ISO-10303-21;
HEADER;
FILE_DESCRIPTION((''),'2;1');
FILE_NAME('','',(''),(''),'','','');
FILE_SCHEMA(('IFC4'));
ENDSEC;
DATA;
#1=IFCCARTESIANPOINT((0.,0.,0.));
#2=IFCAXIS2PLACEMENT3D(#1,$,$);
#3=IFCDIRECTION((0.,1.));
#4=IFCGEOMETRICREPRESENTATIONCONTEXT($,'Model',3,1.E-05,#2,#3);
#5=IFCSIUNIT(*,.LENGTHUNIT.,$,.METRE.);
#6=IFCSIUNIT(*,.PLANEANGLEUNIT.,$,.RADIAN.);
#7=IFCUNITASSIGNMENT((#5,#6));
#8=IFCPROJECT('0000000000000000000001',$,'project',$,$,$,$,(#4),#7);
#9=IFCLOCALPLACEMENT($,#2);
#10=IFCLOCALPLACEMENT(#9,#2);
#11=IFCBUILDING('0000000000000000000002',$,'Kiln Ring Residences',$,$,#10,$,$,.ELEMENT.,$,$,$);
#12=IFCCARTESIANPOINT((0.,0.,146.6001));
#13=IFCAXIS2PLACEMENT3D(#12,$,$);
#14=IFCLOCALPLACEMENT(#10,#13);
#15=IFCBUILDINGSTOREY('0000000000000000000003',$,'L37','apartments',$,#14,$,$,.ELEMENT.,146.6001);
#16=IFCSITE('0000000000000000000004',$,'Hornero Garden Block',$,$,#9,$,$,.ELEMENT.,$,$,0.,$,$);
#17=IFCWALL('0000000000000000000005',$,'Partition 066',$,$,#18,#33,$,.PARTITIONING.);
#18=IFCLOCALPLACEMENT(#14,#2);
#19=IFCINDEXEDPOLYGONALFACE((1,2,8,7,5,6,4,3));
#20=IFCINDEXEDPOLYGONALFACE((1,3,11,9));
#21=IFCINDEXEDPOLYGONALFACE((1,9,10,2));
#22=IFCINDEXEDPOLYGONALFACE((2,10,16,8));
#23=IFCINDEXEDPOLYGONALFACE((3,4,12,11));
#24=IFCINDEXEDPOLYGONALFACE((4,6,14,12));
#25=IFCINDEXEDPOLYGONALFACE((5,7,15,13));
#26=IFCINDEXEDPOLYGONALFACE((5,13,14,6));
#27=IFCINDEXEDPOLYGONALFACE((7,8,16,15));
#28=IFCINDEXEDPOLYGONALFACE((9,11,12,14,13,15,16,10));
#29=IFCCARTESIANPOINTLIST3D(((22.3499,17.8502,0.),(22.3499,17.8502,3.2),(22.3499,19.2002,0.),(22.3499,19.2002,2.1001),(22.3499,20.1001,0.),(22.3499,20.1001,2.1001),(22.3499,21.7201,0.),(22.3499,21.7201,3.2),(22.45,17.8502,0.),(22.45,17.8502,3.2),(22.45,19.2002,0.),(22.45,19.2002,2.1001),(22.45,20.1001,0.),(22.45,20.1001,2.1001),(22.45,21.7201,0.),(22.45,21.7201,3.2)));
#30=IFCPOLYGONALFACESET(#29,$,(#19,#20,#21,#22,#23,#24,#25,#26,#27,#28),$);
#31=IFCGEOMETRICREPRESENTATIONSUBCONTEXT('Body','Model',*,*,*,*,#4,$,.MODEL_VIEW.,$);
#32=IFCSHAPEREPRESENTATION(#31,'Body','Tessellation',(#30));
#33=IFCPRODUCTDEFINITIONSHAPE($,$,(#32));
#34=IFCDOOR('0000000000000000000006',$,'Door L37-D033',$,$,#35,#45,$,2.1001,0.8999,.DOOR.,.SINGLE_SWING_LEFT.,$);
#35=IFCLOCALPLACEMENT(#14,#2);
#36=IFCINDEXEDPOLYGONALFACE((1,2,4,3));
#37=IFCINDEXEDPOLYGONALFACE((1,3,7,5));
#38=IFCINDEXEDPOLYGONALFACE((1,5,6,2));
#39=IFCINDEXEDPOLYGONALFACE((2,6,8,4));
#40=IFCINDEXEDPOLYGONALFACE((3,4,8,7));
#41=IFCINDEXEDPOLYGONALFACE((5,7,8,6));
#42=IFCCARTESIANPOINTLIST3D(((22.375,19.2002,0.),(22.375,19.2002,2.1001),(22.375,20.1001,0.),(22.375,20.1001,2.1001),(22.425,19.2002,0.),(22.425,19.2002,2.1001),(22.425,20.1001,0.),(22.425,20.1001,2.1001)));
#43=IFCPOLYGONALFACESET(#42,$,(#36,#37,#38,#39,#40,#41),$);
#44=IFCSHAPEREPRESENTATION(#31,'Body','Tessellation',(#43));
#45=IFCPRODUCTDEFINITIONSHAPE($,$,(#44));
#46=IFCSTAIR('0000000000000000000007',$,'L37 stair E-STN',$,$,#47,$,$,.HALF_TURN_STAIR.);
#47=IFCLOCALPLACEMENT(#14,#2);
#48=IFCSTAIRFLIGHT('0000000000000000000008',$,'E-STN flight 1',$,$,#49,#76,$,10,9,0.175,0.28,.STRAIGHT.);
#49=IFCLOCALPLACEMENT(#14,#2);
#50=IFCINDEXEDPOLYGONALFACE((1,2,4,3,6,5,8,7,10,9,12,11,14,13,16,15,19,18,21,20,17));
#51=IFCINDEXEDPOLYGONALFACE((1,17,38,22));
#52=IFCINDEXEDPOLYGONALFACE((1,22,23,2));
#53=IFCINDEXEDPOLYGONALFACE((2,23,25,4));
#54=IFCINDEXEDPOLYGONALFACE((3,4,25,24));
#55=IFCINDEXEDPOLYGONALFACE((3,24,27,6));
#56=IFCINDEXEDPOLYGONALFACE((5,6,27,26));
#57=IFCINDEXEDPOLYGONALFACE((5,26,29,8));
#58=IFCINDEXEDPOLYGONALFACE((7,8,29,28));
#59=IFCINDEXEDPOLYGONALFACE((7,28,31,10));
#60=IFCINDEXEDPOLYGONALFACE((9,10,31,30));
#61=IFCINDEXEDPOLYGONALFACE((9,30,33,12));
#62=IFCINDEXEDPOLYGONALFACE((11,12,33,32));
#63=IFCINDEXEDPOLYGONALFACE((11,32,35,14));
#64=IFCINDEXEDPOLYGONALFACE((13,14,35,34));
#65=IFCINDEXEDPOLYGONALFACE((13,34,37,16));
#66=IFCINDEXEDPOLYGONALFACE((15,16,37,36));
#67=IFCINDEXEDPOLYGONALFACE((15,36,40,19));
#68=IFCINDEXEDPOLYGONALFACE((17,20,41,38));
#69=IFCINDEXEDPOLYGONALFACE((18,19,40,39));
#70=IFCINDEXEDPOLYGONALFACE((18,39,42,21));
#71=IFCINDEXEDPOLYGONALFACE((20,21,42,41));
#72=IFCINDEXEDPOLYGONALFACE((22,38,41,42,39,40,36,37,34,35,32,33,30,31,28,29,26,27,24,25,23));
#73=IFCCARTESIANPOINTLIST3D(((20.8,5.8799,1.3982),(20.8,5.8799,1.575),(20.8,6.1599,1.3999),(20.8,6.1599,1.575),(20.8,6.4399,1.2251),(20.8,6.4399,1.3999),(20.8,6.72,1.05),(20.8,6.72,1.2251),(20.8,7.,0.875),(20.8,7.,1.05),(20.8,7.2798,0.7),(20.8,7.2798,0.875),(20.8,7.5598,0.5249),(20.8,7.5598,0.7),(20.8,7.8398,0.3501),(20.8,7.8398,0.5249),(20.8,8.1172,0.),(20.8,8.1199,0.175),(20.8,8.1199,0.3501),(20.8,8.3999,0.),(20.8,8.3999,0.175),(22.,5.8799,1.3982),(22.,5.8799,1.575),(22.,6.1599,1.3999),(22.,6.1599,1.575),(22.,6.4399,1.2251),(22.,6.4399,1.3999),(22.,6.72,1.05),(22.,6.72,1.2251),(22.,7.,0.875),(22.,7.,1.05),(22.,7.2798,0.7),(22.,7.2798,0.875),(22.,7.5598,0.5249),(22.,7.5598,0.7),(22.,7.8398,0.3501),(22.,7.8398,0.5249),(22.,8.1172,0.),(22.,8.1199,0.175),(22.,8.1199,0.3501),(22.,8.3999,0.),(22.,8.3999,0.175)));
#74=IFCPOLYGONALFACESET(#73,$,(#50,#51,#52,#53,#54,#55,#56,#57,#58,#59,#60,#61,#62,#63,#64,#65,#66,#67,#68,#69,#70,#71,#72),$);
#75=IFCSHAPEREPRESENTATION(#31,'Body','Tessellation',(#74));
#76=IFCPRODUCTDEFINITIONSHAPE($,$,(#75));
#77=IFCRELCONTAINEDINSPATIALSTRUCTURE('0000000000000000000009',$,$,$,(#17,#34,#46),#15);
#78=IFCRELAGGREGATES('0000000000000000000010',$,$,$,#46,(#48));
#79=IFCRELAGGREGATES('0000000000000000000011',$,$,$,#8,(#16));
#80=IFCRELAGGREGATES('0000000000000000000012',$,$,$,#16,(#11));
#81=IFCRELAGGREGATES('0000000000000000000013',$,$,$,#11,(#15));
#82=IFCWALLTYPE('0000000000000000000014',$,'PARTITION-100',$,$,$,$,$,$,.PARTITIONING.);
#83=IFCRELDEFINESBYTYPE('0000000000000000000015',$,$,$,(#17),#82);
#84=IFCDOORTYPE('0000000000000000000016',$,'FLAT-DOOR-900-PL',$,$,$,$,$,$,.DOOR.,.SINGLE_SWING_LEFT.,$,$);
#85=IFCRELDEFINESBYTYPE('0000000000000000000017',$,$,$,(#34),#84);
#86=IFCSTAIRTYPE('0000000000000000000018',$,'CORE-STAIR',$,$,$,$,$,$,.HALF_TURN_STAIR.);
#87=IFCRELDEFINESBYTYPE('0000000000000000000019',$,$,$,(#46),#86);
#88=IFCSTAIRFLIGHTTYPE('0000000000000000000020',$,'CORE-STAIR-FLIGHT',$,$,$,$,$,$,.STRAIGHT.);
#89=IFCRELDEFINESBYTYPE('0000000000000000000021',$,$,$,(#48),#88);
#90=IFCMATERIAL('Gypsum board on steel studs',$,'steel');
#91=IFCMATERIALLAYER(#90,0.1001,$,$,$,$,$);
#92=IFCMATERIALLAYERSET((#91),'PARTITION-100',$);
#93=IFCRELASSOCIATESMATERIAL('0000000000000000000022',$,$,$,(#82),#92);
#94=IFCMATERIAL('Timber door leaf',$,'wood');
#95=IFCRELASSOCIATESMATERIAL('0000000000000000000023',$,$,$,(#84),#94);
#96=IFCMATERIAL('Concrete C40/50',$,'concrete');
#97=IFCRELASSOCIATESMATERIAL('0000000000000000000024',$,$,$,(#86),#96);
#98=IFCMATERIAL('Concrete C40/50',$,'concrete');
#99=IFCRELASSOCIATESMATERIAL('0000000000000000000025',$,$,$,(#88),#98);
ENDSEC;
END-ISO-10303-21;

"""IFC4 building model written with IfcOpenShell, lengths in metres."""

from ifc_helpers import new_model, si_unit, direction, frame, frame_2d, origin, place, context, subcontext, project, spatial, polyline, rectangle, outline, extrude, material, layer, layer_set, type_object, element, fill, aggregate, save


model = new_model("IFC4")

# Units and contexts
model_context = context("Model", 3, precision=1e-05, world=origin(), true_north=direction((0.0, 1.0)))
body_context = subcontext(model_context, "Body", "Model", "MODEL_VIEW")
ifc_project = project(units=[si_unit("LENGTHUNIT", "METRE"), si_unit("PLANEANGLEUNIT", "RADIAN")], contexts=[model_context])

# Site, building, storey
site_placement = place(None, origin())
site = spatial("IfcSite", under=ifc_project, at=site_placement, Name="Hornero Garden Block", CompositionType="ELEMENT", RefElevation=0.0)
building_placement = place(site_placement, origin())
building = spatial("IfcBuilding", under=site, at=building_placement, Name="Kiln Ring Residences", CompositionType="ELEMENT")
storey_placement = place(building_placement, frame((0.0, 0.0, 146.6001)))
storey = spatial("IfcBuildingStorey", under=building, at=storey_placement, Name="L37", Description="apartments", CompositionType="ELEMENT", Elevation=146.6001)

# Shared definitions
ifc_material_1 = material(Name="Gypsum board on steel studs", Category="steel")
ifc_layer_1 = layer(ifc_material_1, 0.1001)
ifc_layer_set_1 = layer_set([ifc_layer_1], Name="PARTITION-100")
wall_type_1 = type_object("IfcWallType", Name="PARTITION-100", PredefinedType="PARTITIONING", material=ifc_layer_set_1)

# Wall, opening, door
wall_1_placement = place(storey_placement, frame((22.3999, 17.8501, 0.0), z_axis=(0.0, 0.0, 1.0), x_axis=(0.0, 1.0, 0.0)))
wall_1 = element("IfcWall", 1, at=wall_1_placement, inside=storey, type_object=wall_type_1, Name="Partition 066", PredefinedType="PARTITIONING", context=body_context, shape_type="SweptSolid", body=[
    extrude(rectangle(XDim=3.8699, YDim=0.1001, at=frame_2d((1.9351, 0.0))), origin(), (0.0, 0.0, 1.0), 3.2),
])
opening_1_placement = place(wall_1_placement, frame((1.3501, 0.0, 0.0)))
opening_1 = element("IfcOpeningElement", 2, at=opening_1_placement, cuts=wall_1, PredefinedType="OPENING", context=body_context, shape_type="SweptSolid", body=[
    extrude(rectangle(XDim=0.8999, YDim=2.1001, at=frame_2d((0.45, 1.05))), frame((0.0, 0.0601, 0.0), z_axis=(0.0, -1.0, 0.0), x_axis=(1.0, 0.0, 0.0)), (0.0, 0.0, 1.0), 0.1201),
])
ifc_material_2 = material(Name="Timber door leaf", Category="wood")
door_type_1 = type_object("IfcDoorType", Name="FLAT-DOOR-900-PL", OperationType="SINGLE_SWING_LEFT", PredefinedType="DOOR", material=ifc_material_2)
door_1_placement = place(opening_1_placement, origin())
door_1 = element("IfcDoor", 3, at=door_1_placement, inside=storey, type_object=door_type_1, Name="Door L37-D033", OperationType="SINGLE_SWING_LEFT", OverallHeight=2.1001, OverallWidth=0.8999, PredefinedType="DOOR", context=body_context, shape_type="SweptSolid", body=[
    extrude(rectangle(XDim=0.8999, YDim=2.1001, at=frame_2d((0.45, 1.05))), frame((0.0, 0.0249, 0.0), z_axis=(0.0, -1.0, 0.0), x_axis=(1.0, 0.0, 0.0)), (0.0, 0.0, 1.0), 0.05),
])
fill(opening_1, door_1)

# Stair, stair flight
ifc_material_3 = material(Name="Concrete C40/50", Category="concrete")
stair_type = type_object("IfcStairType", Name="CORE-STAIR", PredefinedType="HALF_TURN_STAIR", material=ifc_material_3)
stair_placement = place(storey_placement, origin())
stair = element("IfcStair", 4, at=stair_placement, inside=storey, type_object=stair_type, Name="L37 stair E-STN", PredefinedType="HALF_TURN_STAIR")
ifc_material_4 = material(Name="Concrete C40/50", Category="concrete")
stair_flight_type = type_object("IfcStairFlightType", Name="CORE-STAIR-FLIGHT", PredefinedType="STRAIGHT", material=ifc_material_4)
stair_flight_placement = place(storey_placement, frame((21.3999, 8.3999, 0.0), z_axis=(0.0, 0.0, 1.0), x_axis=(0.0, -1.0, 0.0)))
stair_flight = element("IfcStairFlight", 5, at=stair_flight_placement, type_object=stair_flight_type, Name="E-STN flight 1", NumberOfRisers=10, NumberOfTreads=9, PredefinedType="STRAIGHT", RiserHeight=0.175, TreadLength=0.28, context=body_context, shape_type="SweptSolid", body=[
    extrude(outline(polyline([(0.0, 0.0), (0.0, 0.175), (0.28, 0.175), (0.28, 0.3501), (0.5601, 0.3501), (0.5601, 0.5249), (0.8401, 0.5249), (0.8401, 0.7), (1.1201, 0.7), (1.1201, 0.875), (1.3999, 0.875), (1.3999, 1.05), (1.6799, 1.05), (1.6799, 1.2251), (1.96, 1.2251), (1.96, 1.3999), (2.24, 1.3999), (2.24, 1.575), (2.52, 1.575), (2.52, 1.75), (2.52, 1.3982), (0.2827, 0.0), (0.0, 0.0)])), frame((0.0, 0.6001, 0.0), z_axis=(0.0, -1.0, 0.0), x_axis=(1.0, 0.0, 0.0)), (0.0, 0.0, 1.0), 1.2),
])
aggregate(stair, [stair_flight])

save(model, "model.ifc")
